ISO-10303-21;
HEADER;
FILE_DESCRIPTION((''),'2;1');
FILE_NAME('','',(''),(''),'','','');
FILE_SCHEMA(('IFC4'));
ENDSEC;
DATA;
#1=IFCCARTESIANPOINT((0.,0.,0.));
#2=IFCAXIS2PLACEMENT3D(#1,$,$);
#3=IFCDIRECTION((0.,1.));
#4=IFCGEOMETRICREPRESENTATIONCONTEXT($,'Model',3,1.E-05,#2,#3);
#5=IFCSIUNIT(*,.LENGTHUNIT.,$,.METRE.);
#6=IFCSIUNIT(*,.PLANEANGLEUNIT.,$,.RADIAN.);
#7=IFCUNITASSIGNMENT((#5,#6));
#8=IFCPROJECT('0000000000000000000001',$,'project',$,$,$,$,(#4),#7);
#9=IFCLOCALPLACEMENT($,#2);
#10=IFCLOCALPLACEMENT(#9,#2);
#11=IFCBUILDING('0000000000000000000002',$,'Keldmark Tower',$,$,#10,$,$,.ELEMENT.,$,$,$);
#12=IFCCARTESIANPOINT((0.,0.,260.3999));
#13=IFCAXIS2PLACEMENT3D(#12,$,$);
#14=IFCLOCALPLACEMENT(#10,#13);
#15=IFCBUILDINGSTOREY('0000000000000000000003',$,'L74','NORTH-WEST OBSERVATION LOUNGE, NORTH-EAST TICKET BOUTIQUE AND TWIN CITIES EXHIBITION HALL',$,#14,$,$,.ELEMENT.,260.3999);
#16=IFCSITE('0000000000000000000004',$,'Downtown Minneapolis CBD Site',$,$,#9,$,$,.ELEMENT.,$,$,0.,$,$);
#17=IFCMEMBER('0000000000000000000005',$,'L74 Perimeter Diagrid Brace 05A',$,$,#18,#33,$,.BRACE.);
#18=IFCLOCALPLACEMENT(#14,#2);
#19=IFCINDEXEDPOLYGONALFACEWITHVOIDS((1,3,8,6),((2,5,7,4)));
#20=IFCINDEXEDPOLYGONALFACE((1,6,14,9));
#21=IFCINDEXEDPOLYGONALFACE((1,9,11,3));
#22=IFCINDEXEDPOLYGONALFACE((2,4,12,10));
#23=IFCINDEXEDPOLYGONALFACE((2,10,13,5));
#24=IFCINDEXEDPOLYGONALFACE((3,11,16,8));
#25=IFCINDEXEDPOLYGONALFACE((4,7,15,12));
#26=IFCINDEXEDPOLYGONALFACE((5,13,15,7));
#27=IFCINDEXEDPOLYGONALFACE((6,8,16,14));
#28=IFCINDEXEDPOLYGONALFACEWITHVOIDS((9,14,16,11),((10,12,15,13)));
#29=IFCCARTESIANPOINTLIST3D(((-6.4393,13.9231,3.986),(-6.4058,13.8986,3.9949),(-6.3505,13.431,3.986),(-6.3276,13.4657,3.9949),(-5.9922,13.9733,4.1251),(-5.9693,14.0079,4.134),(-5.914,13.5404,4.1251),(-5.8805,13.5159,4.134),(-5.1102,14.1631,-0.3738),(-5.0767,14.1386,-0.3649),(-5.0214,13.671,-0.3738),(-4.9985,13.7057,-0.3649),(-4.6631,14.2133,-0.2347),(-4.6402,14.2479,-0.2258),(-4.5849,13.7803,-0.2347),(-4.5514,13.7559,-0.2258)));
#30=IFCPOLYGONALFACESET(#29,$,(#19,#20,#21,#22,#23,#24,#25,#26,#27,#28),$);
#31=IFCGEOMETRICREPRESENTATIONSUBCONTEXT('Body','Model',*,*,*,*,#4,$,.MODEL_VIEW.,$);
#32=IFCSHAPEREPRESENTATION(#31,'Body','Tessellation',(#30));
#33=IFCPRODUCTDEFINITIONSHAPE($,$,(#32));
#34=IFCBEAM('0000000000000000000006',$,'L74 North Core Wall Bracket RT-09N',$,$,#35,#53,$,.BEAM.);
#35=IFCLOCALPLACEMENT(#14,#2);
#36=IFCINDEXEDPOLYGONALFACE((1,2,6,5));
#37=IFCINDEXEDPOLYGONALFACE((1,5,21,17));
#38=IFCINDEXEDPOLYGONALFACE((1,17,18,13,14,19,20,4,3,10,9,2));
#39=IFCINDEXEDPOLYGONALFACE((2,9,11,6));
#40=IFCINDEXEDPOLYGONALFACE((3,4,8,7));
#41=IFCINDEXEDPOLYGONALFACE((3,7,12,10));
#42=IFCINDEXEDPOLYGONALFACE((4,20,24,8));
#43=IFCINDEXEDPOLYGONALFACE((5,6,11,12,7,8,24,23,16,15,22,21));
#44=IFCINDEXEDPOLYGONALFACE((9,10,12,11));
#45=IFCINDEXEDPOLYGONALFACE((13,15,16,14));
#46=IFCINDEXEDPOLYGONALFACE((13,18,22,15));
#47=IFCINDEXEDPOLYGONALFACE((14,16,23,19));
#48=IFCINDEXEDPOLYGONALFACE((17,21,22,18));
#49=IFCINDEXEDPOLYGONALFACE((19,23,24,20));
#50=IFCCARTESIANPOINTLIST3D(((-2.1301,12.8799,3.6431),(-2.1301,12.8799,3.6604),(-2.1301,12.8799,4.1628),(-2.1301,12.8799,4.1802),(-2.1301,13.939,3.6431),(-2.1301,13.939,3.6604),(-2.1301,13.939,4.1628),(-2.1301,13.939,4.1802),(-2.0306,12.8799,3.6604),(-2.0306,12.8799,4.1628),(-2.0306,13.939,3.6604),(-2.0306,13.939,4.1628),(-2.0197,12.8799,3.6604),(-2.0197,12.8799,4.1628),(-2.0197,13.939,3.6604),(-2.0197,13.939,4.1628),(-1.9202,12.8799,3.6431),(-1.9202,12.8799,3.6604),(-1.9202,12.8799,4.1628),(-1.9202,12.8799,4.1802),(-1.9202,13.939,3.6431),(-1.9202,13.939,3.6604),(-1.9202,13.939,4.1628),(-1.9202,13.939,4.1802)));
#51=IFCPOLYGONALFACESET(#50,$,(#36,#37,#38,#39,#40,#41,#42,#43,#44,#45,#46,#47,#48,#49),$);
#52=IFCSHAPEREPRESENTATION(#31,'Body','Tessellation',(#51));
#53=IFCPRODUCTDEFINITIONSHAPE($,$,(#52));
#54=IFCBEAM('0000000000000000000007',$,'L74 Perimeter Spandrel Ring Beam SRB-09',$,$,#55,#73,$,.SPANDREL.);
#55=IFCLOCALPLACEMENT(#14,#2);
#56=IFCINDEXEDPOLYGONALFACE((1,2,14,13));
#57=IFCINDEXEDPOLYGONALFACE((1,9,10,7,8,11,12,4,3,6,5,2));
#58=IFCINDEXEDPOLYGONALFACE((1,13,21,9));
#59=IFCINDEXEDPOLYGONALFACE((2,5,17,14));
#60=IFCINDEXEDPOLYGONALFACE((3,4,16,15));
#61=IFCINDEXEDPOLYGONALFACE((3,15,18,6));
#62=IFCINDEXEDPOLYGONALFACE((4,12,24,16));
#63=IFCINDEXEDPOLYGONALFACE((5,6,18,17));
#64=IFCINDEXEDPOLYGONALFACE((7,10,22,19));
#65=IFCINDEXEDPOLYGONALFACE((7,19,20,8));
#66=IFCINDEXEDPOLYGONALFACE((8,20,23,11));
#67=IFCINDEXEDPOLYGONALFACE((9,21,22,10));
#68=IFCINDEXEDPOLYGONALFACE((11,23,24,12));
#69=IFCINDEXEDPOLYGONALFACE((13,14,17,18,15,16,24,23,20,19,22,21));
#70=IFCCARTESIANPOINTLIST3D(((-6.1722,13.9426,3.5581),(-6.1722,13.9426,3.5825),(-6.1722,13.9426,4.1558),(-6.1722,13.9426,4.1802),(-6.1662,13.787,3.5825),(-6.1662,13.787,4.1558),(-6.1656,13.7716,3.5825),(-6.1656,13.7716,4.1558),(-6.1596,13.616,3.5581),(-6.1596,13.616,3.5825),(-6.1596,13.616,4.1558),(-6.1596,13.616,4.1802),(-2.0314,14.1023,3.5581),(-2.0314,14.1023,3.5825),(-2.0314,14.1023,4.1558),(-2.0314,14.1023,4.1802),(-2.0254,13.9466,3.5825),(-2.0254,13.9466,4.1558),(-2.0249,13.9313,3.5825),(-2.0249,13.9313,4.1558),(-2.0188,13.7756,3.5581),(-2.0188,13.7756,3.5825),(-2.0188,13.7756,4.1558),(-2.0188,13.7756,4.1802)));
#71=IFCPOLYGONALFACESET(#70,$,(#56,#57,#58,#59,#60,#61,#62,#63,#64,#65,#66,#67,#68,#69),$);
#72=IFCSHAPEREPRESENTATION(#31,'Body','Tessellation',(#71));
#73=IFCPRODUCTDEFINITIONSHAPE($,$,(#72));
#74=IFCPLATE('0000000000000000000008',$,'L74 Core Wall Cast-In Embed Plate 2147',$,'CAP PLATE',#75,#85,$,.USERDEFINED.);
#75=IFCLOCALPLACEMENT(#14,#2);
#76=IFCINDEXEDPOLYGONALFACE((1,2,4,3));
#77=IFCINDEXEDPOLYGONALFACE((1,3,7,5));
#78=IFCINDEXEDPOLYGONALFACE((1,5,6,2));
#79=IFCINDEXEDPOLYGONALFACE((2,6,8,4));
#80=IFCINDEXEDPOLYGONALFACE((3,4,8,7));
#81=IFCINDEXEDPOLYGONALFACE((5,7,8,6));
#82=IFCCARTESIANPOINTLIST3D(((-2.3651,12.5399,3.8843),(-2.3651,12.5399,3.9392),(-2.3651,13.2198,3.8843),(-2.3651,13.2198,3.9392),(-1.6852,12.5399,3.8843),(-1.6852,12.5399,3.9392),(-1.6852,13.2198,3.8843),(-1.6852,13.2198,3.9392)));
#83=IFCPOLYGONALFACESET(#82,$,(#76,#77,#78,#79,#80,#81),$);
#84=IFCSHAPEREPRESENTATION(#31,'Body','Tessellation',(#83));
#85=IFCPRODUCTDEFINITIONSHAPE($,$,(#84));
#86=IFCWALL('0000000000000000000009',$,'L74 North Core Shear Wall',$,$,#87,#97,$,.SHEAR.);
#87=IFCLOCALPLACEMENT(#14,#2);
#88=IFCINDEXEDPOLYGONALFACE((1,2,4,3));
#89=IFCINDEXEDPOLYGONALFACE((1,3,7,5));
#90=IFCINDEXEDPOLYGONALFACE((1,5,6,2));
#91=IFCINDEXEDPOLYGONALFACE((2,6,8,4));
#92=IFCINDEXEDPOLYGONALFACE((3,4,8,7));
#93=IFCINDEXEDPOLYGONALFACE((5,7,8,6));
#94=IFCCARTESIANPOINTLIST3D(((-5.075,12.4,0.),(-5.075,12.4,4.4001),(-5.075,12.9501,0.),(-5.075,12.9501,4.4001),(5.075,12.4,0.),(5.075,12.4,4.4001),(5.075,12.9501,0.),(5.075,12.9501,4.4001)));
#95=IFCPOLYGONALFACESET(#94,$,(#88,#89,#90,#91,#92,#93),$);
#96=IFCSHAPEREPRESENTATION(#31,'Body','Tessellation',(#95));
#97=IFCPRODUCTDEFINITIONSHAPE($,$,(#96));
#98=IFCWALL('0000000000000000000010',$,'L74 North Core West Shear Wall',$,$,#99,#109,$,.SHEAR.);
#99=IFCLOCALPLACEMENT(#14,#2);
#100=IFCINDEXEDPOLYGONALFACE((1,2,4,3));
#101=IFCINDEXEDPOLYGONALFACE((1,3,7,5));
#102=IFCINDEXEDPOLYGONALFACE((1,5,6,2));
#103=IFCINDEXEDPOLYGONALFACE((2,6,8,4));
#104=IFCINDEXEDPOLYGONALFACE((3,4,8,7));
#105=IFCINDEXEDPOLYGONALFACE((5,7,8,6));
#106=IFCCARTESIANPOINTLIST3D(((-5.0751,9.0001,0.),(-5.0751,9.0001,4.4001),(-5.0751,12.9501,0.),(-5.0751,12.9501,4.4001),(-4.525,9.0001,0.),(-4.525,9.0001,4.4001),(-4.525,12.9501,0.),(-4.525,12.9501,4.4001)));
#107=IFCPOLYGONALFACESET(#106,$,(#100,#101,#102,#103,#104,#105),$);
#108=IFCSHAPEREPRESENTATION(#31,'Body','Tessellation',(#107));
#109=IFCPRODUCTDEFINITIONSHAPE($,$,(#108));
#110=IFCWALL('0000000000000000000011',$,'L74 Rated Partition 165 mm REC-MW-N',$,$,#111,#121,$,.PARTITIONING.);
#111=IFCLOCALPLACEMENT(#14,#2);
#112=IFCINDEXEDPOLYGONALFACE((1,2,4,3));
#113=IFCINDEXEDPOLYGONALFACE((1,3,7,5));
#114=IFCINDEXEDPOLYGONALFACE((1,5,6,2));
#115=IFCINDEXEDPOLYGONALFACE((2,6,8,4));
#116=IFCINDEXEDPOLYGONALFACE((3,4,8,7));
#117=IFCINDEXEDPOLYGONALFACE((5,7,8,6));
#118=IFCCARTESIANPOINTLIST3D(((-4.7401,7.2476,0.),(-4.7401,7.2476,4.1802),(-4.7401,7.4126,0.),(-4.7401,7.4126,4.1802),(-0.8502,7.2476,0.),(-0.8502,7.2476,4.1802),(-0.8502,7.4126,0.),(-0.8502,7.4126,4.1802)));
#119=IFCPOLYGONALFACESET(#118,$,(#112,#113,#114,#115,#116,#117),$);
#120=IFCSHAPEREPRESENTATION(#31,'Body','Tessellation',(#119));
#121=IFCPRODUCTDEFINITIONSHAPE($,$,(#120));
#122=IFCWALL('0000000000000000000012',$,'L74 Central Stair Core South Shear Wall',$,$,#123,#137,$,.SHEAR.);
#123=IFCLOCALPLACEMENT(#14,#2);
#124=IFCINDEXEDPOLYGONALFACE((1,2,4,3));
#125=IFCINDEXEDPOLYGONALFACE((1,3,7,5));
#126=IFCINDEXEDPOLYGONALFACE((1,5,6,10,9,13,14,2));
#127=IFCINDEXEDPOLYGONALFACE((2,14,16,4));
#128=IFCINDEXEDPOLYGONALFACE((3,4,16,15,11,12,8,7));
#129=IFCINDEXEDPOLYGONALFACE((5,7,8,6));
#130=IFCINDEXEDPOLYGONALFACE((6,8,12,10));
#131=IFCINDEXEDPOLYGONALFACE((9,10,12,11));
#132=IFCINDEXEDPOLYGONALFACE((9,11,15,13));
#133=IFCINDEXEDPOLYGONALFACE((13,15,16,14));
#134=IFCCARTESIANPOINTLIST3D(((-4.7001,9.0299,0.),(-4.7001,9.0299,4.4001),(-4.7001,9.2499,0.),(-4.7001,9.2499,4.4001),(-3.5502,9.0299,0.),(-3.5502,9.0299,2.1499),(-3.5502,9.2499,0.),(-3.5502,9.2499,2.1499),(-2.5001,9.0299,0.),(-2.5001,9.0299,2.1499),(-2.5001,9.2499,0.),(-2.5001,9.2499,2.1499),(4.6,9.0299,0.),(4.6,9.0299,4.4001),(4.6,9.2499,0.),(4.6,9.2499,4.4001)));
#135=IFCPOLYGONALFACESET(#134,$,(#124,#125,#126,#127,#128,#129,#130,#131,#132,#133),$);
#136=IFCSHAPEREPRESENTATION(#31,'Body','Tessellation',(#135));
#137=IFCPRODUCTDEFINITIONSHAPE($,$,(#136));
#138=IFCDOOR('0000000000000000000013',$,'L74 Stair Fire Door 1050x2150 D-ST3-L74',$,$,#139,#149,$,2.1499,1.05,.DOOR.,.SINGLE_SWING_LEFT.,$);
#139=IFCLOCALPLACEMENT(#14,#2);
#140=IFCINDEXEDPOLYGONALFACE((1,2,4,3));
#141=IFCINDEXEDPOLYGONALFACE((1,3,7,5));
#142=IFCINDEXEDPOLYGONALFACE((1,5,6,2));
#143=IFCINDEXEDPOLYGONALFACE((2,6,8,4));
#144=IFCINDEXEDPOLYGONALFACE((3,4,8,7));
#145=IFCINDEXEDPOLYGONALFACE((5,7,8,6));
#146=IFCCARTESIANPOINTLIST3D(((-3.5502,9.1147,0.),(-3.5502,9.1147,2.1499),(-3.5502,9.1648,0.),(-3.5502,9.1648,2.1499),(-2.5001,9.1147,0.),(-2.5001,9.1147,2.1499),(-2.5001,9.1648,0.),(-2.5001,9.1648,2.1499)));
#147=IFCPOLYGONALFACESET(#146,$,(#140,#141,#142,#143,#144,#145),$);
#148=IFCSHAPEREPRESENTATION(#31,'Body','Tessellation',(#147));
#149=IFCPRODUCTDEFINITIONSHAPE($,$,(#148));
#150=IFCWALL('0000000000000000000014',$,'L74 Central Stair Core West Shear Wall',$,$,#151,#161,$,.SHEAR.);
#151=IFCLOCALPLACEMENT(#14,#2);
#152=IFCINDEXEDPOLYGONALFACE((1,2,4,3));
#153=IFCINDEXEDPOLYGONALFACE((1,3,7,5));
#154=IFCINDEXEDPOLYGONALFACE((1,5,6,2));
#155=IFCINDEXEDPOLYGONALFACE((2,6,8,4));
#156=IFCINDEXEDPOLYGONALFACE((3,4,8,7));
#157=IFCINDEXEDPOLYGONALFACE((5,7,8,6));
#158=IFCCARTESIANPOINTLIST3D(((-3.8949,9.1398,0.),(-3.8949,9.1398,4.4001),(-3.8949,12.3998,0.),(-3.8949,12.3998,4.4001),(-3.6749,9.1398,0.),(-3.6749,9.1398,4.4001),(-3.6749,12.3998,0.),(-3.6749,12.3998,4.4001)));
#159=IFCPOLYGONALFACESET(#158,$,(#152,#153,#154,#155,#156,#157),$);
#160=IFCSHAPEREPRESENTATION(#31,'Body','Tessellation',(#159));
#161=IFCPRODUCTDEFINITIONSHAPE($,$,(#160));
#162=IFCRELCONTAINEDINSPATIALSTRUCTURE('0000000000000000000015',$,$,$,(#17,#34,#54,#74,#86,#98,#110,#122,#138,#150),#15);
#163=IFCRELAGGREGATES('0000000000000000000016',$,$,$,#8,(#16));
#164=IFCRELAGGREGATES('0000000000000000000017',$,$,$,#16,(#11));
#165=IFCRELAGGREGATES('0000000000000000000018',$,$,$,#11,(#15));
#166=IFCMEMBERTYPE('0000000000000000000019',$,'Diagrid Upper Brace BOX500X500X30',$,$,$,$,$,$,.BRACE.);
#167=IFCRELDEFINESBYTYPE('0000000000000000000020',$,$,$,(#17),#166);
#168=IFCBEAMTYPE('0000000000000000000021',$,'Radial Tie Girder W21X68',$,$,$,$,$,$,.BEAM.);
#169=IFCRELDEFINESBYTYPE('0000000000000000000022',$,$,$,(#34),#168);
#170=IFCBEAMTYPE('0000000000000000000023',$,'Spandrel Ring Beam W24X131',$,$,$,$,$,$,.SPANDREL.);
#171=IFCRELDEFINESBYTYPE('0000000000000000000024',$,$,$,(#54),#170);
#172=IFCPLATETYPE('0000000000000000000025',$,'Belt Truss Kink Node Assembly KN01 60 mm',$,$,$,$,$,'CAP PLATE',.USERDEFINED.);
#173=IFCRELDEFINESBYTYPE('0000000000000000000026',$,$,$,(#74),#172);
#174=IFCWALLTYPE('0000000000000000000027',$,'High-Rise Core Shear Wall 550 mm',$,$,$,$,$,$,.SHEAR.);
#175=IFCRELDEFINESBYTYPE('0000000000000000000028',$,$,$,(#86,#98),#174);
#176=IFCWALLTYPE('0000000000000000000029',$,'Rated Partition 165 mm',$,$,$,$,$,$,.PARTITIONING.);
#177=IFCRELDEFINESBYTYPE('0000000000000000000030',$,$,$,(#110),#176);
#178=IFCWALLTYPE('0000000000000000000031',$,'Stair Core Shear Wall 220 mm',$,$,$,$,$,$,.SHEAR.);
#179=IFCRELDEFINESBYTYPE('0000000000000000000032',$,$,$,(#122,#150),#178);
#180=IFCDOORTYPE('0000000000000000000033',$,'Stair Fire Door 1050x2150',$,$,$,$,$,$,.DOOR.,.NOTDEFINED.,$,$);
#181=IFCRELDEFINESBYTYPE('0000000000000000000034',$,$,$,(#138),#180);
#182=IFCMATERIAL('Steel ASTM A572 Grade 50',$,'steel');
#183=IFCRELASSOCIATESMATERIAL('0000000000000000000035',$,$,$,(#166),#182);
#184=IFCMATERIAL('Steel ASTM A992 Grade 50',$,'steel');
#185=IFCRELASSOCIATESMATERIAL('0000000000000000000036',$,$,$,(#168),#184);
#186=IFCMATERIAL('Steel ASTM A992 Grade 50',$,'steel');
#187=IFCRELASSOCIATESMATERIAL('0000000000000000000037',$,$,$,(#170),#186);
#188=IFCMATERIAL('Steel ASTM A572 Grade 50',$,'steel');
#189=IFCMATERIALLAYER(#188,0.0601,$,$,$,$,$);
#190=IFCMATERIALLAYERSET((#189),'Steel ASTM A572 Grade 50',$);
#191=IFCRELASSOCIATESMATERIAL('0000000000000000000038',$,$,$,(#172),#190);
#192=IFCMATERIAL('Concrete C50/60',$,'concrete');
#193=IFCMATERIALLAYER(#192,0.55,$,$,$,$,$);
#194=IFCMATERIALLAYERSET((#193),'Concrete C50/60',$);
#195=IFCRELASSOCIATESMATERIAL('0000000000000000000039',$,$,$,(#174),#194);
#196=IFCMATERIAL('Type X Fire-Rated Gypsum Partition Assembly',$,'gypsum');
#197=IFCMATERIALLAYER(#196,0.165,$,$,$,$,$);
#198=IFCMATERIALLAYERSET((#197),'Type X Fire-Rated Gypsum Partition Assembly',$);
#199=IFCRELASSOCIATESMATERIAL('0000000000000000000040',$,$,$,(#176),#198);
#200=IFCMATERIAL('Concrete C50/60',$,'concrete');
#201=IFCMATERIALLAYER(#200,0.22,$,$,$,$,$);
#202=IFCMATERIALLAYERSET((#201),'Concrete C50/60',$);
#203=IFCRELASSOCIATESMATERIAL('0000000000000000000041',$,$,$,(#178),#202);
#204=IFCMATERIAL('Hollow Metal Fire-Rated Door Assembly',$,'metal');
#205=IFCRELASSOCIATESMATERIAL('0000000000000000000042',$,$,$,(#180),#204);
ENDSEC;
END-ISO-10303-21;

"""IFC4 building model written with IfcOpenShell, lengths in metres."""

from ifc_helpers import new_model, si_unit, direction, frame, frame_2d, origin, origin_2d, place, context, subcontext, project, spatial, rectangle, hollow_rectangle, i_section, extrude, material, layer, layer_set, material_profile, profile_set, type_object, element, fill, save


model = new_model("IFC4")

# Units and contexts
model_context = context("Model", 3, precision=1e-05, world=origin(), true_north=direction((0.0, 1.0)))
body_context = subcontext(model_context, "Body", "Model", "MODEL_VIEW")
ifc_project = project(units=[si_unit("LENGTHUNIT", "METRE"), si_unit("PLANEANGLEUNIT", "RADIAN")], contexts=[model_context])

# Site, building, storey
site_placement = place(None, origin())
site = spatial("IfcSite", under=ifc_project, at=site_placement, Name="Downtown Minneapolis CBD Site", CompositionType="ELEMENT", RefElevation=0.0)
building_placement = place(site_placement, origin())
building = spatial("IfcBuilding", under=site, at=building_placement, Name="Keldmark Tower", CompositionType="ELEMENT")
storey_placement = place(building_placement, frame((0.0, 0.0, 260.3999)))
storey = spatial("IfcBuildingStorey", under=building, at=storey_placement, Name="L74", Description="NORTH-WEST OBSERVATION LOUNGE, NORTH-EAST TICKET BOUTIQUE AND TWIN CITIES EXHIBITION HALL", CompositionType="ELEMENT", Elevation=260.3999)

# Member
ifc_material_1 = material(Name="Steel ASTM A572 Grade 50", Category="steel")
ifc_material_profile_1 = material_profile(ifc_material_1, hollow_rectangle(XDim=0.5, YDim=0.5, WallThickness=0.03, at=origin_2d()), Name="BOX500X500X30")
ifc_profile_set_1 = profile_set([ifc_material_profile_1], Name="Steel ASTM A572 Grade 50")
member_type = type_object("IfcMemberType", Name="Diagrid Upper Brace BOX500X500X30", PredefinedType="BRACE", material=ifc_profile_set_1)
member_placement = place(storey_placement, frame((-4.8308, 13.9595, -0.2998), z_axis=(-0.291197, -0.05258, 0.955217), x_axis=(0.177692, -0.984086, 0.0)))
element("IfcMember", 1, at=member_placement, inside=storey, type_object=member_type, Name="L74 Perimeter Diagrid Brace 05A", PredefinedType="BRACE", context=body_context, shape_type="SweptSolid", body=[
    extrude(hollow_rectangle(XDim=0.5, YDim=0.5, WallThickness=0.03, at=origin_2d()), origin(), (0.0, 0.0, 1.0), 4.5642),
])

# Beams
ifc_material_2 = material(Name="Steel ASTM A992 Grade 50", Category="steel")
ifc_material_profile_2 = material_profile(ifc_material_2, i_section(OverallWidth=0.21, OverallDepth=0.5371, WebThickness=0.011, FlangeThickness=0.0173, at=origin_2d()), Name="W21X68")
ifc_profile_set_2 = profile_set([ifc_material_profile_2], Name="Steel ASTM A992 Grade 50")
beam_type_1 = type_object("IfcBeamType", Name="Radial Tie Girder W21X68", PredefinedType="BEAM", material=ifc_profile_set_2)
beam_1_placement = place(storey_placement, frame((-2.0251, 12.8799, 3.9116), z_axis=(0.0, 1.0, 0.0), x_axis=(-1.0, 0.0, 0.0)))
element("IfcBeam", 2, at=beam_1_placement, inside=storey, type_object=beam_type_1, Name="L74 North Core Wall Bracket RT-09N", PredefinedType="BEAM", context=body_context, shape_type="SweptSolid", body=[
    extrude(i_section(OverallWidth=0.21, OverallDepth=0.5371, WebThickness=0.011, FlangeThickness=0.0173, at=origin_2d()), origin(), (0.0, 0.0, 1.0), 1.0591),
])
ifc_material_3 = material(Name="Steel ASTM A992 Grade 50", Category="steel")
ifc_material_profile_3 = material_profile(ifc_material_3, i_section(OverallWidth=0.3269, OverallDepth=0.6221, WebThickness=0.0154, FlangeThickness=0.0244, at=origin_2d()), Name="W24X131")
ifc_profile_set_3 = profile_set([ifc_material_profile_3], Name="Steel ASTM A992 Grade 50")
beam_type_2 = type_object("IfcBeamType", Name="Spandrel Ring Beam W24X131", PredefinedType="SPANDREL", material=ifc_profile_set_3)
beam_2_placement = place(storey_placement, frame((-2.0251, 13.939, 3.8691), z_axis=(-0.999257, -0.038533, 0.0), x_axis=(0.038533, -0.999257, 0.0)))
element("IfcBeam", 3, at=beam_2_placement, inside=storey, type_object=beam_type_2, Name="L74 Perimeter Spandrel Ring Beam SRB-09", PredefinedType="SPANDREL", context=body_context, shape_type="SweptSolid", body=[
    extrude(i_section(OverallWidth=0.3269, OverallDepth=0.6221, WebThickness=0.0154, FlangeThickness=0.0244, at=origin_2d()), origin(), (0.0, 0.0, 1.0), 4.1438),
])

# Plate
ifc_material_4 = material(Name="Steel ASTM A572 Grade 50", Category="steel")
ifc_layer_1 = layer(ifc_material_4, 0.0601)
ifc_layer_set_1 = layer_set([ifc_layer_1], Name="Steel ASTM A572 Grade 50")
plate_type = type_object("IfcPlateType", Name="Belt Truss Kink Node Assembly KN01 60 mm", ElementType="CAP PLATE", PredefinedType="USERDEFINED", material=ifc_layer_set_1)
plate_placement = place(storey_placement, frame((-2.0251, 12.8799, 3.8843), z_axis=(0.0, 0.0, 1.0), x_axis=(1.0, 0.0, 0.0)))
element("IfcPlate", 4, at=plate_placement, inside=storey, type_object=plate_type, Name="L74 Core Wall Cast-In Embed Plate 2147", ObjectType="CAP PLATE", PredefinedType="USERDEFINED", context=body_context, shape_type="SweptSolid", body=[
    extrude(rectangle(XDim=0.6799, YDim=0.6799, at=origin_2d()), origin(), (0.0, 0.0, 1.0), 0.0549),
])

# Walls
ifc_material_5 = material(Name="Concrete C50/60", Category="concrete")
ifc_layer_2 = layer(ifc_material_5, 0.55)
ifc_layer_set_2 = layer_set([ifc_layer_2], Name="Concrete C50/60")
wall_type_1 = type_object("IfcWallType", Name="High-Rise Core Shear Wall 550 mm", PredefinedType="SHEAR", material=ifc_layer_set_2)
wall_1_placement = place(storey_placement, frame((-5.075, 12.675, 0.0), z_axis=(0.0, 0.0, 1.0), x_axis=(1.0, 0.0, 0.0)))
element("IfcWall", 5, at=wall_1_placement, inside=storey, type_object=wall_type_1, Name="L74 North Core Shear Wall", PredefinedType="SHEAR", context=body_context, shape_type="SweptSolid", body=[
    extrude(rectangle(XDim=10.1499, YDim=0.55, at=frame_2d((5.075, 0.0))), origin(), (0.0, 0.0, 1.0), 4.4001),
])
wall_2_placement = place(storey_placement, frame((-4.8, 9.0, 0.0), z_axis=(0.0, 0.0, 1.0), x_axis=(0.0, 1.0, 0.0)))
element("IfcWall", 6, at=wall_2_placement, inside=storey, type_object=wall_type_1, Name="L74 North Core West Shear Wall", PredefinedType="SHEAR", context=body_context, shape_type="SweptSolid", body=[
    extrude(rectangle(XDim=3.95, YDim=0.55, at=frame_2d((1.9751, 0.0))), origin(), (0.0, 0.0, 1.0), 4.4001),
])
ifc_material_6 = material(Name="Type X Fire-Rated Gypsum Partition Assembly", Category="gypsum")
ifc_layer_3 = layer(ifc_material_6, 0.165)
ifc_layer_set_3 = layer_set([ifc_layer_3], Name="Type X Fire-Rated Gypsum Partition Assembly")
wall_type_2 = type_object("IfcWallType", Name="Rated Partition 165 mm", PredefinedType="PARTITIONING", material=ifc_layer_set_3)
wall_3_placement = place(storey_placement, frame((-4.74, 7.3301, 0.0), z_axis=(0.0, 0.0, 1.0), x_axis=(1.0, 0.0, 0.0)))
element("IfcWall", 7, at=wall_3_placement, inside=storey, type_object=wall_type_2, Name="L74 Rated Partition 165 mm REC-MW-N", PredefinedType="PARTITIONING", context=body_context, shape_type="SweptSolid", body=[
    extrude(rectangle(XDim=3.8899, YDim=0.165, at=frame_2d((1.9448, 0.0))), origin(), (0.0, 0.0, 1.0), 4.1802),
])

# Wall, opening, door
ifc_material_7 = material(Name="Concrete C50/60", Category="concrete")
ifc_layer_4 = layer(ifc_material_7, 0.22)
ifc_layer_set_4 = layer_set([ifc_layer_4], Name="Concrete C50/60")
wall_type_3 = type_object("IfcWallType", Name="Stair Core Shear Wall 220 mm", PredefinedType="SHEAR", material=ifc_layer_set_4)
wall_4_placement = place(storey_placement, frame((-4.7, 9.1399, 0.0), z_axis=(0.0, 0.0, 1.0), x_axis=(1.0, 0.0, 0.0)))
wall_4 = element("IfcWall", 8, at=wall_4_placement, inside=storey, type_object=wall_type_3, Name="L74 Central Stair Core South Shear Wall", PredefinedType="SHEAR", context=body_context, shape_type="SweptSolid", body=[
    extrude(rectangle(XDim=9.3, YDim=0.22, at=frame_2d((4.6499, 0.0))), origin(), (0.0, 0.0, 1.0), 4.4001),
])
opening_1_placement = place(wall_4_placement, frame((1.1499, 0.0, 0.0)))
opening_1 = element("IfcOpeningElement", 9, at=opening_1_placement, cuts=wall_4, PredefinedType="OPENING", context=body_context, shape_type="SweptSolid", body=[
    extrude(rectangle(XDim=1.05, YDim=2.1499, at=frame_2d((0.5249, 1.075))), frame((0.0, 0.1199, 0.0), z_axis=(0.0, -1.0, 0.0), x_axis=(1.0, 0.0, 0.0)), (0.0, 0.0, 1.0), 0.24),
])
ifc_material_8 = material(Name="Hollow Metal Fire-Rated Door Assembly", Category="metal")
door_type = type_object("IfcDoorType", Name="Stair Fire Door 1050x2150", OperationType="NOTDEFINED", PredefinedType="DOOR", material=ifc_material_8)
door_placement = place(opening_1_placement, origin())
door = element("IfcDoor", 10, at=door_placement, inside=storey, type_object=door_type, Name="L74 Stair Fire Door 1050x2150 D-ST3-L74", OperationType="SINGLE_SWING_LEFT", OverallHeight=2.1499, OverallWidth=1.05, PredefinedType="DOOR", context=body_context, shape_type="SweptSolid", body=[
    extrude(rectangle(XDim=1.05, YDim=2.1499, at=frame_2d((0.5249, 1.075))), frame((0.0, 0.0249, 0.0), z_axis=(0.0, -1.0, 0.0), x_axis=(1.0, 0.0, 0.0)), (0.0, 0.0, 1.0), 0.05),
])
fill(opening_1, door)

# Wall
wall_5_placement = place(storey_placement, frame((-3.7849, 9.1399, 0.0), z_axis=(0.0, 0.0, 1.0), x_axis=(0.0, 1.0, 0.0)))
element("IfcWall", 11, at=wall_5_placement, inside=storey, type_object=wall_type_3, Name="L74 Central Stair Core West Shear Wall", PredefinedType="SHEAR", context=body_context, shape_type="SweptSolid", body=[
    extrude(rectangle(XDim=3.26, YDim=0.22, at=frame_2d((1.6299, 0.0))), origin(), (0.0, 0.0, 1.0), 4.4001),
])

save(model, "model.ifc")
